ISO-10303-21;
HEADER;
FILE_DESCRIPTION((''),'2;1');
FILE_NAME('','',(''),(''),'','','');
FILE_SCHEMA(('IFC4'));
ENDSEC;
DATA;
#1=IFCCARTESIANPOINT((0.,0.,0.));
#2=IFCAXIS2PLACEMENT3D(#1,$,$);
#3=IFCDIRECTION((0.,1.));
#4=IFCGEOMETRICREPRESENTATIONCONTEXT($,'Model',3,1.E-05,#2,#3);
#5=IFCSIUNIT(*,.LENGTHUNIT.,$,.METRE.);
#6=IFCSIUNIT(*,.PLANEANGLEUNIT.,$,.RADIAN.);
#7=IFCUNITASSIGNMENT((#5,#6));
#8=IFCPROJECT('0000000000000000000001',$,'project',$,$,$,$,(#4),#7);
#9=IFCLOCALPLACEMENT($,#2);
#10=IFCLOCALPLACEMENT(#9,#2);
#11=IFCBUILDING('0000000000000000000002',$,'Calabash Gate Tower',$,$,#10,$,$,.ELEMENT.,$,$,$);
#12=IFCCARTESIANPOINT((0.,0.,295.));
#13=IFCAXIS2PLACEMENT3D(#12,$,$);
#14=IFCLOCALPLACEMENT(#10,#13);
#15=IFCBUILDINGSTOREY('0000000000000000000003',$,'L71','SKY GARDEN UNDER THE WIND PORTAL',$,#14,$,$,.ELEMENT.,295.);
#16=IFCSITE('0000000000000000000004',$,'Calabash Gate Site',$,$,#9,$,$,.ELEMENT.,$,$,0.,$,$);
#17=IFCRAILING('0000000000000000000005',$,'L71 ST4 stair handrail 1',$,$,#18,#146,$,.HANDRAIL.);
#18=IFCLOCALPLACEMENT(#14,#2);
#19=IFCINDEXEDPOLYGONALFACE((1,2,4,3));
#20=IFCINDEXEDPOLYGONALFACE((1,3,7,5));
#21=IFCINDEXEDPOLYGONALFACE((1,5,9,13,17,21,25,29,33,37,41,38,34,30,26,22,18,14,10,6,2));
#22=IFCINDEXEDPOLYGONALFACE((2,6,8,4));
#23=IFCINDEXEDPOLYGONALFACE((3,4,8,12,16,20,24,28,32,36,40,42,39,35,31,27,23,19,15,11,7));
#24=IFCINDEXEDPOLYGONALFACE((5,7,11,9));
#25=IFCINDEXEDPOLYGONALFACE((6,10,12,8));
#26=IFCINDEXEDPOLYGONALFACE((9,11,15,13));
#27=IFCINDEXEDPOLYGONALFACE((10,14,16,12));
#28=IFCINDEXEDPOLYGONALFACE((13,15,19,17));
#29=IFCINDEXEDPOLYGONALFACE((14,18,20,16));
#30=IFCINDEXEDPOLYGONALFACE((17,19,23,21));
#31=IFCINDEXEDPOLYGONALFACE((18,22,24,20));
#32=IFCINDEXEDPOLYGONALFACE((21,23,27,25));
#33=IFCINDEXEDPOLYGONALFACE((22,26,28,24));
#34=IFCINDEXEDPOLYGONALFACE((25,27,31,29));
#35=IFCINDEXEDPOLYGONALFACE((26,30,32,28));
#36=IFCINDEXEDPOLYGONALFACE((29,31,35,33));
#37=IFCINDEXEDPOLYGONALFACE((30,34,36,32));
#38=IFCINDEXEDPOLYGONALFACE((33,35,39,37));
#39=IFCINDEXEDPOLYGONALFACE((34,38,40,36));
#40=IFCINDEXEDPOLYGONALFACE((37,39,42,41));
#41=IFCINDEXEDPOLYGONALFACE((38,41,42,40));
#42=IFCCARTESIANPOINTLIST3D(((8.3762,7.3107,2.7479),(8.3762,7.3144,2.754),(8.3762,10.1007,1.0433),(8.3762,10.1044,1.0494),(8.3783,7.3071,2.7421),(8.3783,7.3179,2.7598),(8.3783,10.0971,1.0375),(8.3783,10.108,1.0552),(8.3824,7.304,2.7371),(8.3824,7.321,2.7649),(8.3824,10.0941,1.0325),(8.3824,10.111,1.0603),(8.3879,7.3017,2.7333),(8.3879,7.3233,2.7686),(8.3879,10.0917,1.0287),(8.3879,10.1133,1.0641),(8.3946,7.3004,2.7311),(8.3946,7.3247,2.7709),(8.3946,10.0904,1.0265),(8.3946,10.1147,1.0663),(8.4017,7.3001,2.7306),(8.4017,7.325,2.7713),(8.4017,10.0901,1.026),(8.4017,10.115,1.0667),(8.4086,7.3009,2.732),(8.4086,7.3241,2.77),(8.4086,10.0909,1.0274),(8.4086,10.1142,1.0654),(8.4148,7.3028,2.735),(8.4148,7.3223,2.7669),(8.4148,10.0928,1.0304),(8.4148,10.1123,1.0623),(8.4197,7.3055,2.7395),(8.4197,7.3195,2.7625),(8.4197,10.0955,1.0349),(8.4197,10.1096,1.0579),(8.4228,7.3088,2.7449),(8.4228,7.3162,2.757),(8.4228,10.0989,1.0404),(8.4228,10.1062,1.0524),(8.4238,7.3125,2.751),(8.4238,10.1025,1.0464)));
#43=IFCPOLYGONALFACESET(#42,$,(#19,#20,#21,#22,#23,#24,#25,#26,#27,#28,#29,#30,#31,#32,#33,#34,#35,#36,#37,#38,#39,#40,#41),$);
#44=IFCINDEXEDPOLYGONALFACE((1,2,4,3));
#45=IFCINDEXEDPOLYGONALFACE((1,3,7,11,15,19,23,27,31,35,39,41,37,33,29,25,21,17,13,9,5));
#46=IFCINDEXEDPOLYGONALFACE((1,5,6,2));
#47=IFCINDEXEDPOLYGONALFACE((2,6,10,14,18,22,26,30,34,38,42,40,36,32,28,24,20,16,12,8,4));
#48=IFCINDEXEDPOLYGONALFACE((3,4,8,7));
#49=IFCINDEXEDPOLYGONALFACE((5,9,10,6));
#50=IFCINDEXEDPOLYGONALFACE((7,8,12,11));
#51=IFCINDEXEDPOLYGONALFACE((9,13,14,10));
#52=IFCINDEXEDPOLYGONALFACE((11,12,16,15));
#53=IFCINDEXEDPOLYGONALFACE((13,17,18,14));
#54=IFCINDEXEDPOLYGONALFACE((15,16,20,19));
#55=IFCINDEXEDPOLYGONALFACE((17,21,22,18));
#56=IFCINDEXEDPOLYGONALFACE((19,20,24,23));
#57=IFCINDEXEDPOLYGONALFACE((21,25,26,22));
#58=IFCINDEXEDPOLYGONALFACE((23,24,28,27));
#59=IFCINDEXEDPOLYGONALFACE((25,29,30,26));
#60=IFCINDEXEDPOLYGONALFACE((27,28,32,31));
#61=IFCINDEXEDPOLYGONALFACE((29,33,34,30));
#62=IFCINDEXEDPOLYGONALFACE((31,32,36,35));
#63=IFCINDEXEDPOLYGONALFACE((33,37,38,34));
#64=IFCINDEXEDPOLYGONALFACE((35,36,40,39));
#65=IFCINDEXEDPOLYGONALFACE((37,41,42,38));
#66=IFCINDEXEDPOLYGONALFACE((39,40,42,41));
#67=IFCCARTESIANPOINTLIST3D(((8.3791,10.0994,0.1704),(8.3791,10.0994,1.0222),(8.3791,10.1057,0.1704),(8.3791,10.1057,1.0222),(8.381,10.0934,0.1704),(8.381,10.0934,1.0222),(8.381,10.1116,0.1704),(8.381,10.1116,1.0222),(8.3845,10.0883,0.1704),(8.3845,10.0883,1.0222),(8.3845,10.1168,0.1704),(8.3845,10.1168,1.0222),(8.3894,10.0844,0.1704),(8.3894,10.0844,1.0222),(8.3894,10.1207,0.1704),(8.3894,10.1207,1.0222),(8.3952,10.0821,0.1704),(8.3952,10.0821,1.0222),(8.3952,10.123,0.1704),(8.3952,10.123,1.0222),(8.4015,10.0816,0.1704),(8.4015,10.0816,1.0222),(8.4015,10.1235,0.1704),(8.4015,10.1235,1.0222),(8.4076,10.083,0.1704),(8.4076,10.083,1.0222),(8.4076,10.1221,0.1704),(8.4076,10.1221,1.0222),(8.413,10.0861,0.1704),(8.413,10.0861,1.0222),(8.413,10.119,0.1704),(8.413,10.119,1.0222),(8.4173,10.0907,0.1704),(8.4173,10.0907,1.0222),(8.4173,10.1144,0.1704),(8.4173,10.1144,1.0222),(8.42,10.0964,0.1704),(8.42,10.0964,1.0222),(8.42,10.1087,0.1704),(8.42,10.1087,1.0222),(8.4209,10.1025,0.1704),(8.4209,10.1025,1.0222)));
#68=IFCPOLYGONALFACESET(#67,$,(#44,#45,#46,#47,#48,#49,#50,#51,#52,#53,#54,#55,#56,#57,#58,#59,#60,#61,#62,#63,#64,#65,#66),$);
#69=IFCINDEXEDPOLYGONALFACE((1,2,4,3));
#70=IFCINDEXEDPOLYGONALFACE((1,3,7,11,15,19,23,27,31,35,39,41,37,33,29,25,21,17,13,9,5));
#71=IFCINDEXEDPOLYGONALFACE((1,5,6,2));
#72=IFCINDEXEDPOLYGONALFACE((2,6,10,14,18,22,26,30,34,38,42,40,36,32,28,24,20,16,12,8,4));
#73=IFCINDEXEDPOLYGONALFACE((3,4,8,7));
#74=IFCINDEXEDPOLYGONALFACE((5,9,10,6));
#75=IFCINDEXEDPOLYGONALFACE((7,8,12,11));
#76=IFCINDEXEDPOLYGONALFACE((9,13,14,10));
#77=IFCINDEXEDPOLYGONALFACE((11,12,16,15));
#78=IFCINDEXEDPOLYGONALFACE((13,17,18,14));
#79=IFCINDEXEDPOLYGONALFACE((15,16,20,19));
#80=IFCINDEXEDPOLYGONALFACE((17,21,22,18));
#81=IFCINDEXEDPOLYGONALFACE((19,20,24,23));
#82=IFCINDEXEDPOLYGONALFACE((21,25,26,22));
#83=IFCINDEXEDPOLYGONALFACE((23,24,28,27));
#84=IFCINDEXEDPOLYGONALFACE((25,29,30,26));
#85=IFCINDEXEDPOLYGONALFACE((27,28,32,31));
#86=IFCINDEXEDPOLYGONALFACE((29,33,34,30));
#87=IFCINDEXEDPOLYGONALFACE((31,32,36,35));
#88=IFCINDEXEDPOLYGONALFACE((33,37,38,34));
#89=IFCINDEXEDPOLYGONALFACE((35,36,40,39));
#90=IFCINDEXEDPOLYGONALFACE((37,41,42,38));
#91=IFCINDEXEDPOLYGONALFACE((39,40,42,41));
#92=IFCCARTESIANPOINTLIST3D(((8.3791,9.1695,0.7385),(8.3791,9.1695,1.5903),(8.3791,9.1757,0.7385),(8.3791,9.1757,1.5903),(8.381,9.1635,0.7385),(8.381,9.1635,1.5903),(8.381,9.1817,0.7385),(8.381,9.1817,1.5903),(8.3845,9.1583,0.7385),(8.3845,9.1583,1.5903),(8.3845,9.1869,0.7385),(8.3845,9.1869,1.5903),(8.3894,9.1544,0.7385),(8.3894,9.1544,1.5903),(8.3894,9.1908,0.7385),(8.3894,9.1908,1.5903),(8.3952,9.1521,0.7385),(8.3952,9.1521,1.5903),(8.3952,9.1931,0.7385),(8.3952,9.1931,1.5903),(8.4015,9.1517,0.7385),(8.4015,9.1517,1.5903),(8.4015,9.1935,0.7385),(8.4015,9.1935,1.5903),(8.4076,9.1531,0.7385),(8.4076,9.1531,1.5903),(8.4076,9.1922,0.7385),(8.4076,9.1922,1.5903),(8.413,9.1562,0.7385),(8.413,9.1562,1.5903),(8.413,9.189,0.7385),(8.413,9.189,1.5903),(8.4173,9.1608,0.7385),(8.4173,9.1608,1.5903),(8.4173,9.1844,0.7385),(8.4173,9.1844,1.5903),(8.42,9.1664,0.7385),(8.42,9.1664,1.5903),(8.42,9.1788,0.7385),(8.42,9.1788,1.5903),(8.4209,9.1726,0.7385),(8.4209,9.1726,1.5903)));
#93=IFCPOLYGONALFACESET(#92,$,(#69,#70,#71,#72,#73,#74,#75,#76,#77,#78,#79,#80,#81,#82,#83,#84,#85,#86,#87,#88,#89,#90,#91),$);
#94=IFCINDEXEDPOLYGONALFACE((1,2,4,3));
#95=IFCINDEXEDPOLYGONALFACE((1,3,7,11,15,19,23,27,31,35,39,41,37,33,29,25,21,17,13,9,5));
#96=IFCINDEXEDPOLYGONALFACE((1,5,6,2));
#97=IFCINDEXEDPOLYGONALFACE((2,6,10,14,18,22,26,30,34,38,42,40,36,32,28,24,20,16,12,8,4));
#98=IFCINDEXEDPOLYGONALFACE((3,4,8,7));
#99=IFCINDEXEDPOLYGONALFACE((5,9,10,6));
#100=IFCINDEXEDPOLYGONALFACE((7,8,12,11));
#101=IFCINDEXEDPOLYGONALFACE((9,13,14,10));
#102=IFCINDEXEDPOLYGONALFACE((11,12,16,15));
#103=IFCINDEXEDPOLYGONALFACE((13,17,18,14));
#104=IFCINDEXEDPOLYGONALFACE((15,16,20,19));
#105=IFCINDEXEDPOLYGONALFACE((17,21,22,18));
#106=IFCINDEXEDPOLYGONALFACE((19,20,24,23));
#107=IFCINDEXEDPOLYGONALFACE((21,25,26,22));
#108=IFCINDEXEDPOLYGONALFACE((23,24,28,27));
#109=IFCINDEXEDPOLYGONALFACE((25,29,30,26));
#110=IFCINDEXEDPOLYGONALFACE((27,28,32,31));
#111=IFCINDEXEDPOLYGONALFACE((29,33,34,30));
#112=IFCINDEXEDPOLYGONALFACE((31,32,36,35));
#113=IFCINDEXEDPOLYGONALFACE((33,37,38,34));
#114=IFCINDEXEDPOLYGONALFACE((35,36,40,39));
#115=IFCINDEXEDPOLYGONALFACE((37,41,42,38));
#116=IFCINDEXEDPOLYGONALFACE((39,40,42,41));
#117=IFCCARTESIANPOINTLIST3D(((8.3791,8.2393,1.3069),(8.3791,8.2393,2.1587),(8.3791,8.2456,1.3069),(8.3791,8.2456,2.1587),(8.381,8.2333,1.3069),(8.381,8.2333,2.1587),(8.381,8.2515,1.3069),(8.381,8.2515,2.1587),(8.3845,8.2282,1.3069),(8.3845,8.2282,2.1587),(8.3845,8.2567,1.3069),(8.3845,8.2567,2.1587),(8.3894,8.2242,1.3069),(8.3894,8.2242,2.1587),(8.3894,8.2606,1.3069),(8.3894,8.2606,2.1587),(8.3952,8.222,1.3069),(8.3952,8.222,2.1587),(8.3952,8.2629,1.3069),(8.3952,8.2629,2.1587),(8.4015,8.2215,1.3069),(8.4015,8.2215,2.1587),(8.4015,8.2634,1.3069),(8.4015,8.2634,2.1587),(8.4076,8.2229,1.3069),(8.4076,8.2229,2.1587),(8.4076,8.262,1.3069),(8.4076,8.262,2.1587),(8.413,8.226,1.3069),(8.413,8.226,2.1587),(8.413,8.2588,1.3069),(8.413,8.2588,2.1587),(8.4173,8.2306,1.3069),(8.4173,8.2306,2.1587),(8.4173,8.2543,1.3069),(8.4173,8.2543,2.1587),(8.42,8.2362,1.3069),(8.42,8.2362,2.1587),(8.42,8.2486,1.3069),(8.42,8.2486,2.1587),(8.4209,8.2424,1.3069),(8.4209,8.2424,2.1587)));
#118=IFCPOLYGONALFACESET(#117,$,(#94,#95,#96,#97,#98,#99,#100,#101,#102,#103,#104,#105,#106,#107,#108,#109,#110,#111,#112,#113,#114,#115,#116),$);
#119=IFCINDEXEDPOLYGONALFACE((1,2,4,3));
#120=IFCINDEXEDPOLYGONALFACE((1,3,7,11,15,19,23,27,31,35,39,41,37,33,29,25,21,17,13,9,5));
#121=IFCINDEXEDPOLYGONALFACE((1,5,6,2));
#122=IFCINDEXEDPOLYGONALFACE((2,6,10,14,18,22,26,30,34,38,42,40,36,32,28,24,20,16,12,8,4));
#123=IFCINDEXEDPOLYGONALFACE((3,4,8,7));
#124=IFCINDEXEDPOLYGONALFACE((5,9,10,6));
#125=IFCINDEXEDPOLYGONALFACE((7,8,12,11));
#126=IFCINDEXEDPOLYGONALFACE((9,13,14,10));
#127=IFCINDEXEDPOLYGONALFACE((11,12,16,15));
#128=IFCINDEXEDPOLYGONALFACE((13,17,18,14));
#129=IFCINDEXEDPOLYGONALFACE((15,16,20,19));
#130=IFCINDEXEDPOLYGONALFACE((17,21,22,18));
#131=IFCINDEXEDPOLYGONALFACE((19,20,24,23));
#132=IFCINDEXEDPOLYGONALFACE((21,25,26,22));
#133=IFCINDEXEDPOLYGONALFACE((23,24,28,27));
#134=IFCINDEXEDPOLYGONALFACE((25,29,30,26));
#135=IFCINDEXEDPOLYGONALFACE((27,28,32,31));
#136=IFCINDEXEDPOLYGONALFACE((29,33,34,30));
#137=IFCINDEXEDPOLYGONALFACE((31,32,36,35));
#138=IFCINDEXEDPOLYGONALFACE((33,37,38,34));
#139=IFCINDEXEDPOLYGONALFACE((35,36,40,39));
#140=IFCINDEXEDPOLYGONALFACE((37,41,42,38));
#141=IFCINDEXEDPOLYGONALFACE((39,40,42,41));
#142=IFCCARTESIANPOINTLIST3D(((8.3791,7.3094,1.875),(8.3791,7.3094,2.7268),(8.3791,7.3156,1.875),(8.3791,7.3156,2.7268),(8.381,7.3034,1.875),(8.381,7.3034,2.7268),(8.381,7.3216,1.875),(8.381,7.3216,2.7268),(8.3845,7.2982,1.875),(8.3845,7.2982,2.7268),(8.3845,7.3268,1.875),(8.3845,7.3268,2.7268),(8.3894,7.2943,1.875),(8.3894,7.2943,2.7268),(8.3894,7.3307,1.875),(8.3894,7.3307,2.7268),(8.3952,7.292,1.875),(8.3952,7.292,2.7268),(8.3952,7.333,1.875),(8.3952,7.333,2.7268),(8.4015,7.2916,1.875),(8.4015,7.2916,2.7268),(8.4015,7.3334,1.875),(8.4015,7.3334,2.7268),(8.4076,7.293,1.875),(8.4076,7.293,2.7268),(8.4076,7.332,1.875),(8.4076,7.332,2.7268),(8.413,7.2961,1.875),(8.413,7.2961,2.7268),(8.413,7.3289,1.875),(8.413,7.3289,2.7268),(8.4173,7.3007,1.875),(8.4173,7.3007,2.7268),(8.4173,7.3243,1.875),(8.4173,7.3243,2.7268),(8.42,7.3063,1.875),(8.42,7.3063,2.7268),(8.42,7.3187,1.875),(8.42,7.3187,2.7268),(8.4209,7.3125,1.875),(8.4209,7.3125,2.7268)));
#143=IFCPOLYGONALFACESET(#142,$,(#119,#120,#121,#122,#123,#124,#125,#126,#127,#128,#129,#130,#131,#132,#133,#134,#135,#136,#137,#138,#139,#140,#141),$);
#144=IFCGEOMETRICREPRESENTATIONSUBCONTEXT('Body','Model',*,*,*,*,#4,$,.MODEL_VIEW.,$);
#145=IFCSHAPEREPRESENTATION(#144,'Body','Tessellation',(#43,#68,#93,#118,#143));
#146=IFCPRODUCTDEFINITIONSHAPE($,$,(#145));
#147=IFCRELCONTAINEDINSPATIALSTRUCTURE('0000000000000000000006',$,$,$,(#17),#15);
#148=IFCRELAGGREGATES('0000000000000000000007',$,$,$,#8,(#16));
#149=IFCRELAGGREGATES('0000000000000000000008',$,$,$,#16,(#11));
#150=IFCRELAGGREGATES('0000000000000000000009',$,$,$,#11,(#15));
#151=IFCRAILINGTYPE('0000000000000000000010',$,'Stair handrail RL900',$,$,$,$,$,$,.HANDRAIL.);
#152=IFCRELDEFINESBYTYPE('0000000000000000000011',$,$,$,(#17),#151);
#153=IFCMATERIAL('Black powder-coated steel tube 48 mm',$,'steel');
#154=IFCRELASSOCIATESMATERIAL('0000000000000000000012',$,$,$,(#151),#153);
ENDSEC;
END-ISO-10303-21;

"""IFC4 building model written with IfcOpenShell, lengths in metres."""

from ifc_helpers import new_model, si_unit, direction, frame, origin, origin_2d, place, context, subcontext, project, spatial, circle, extrude, material, type_object, element, save


model = new_model("IFC4")

# Units and contexts
model_context = context("Model", 3, precision=1e-05, world=origin(), true_north=direction((0.0, 1.0)))
body_context = subcontext(model_context, "Body", "Model", "MODEL_VIEW")
ifc_project = project(units=[si_unit("LENGTHUNIT", "METRE"), si_unit("PLANEANGLEUNIT", "RADIAN")], contexts=[model_context])

# Site, building, storey
site_placement = place(None, origin())
site = spatial("IfcSite", under=ifc_project, at=site_placement, Name="Calabash Gate Site", CompositionType="ELEMENT", RefElevation=0.0)
building_placement = place(site_placement, origin())
building = spatial("IfcBuilding", under=site, at=building_placement, Name="Calabash Gate Tower", CompositionType="ELEMENT")
storey_placement = place(building_placement, frame((0.0, 0.0, 295.0)))
storey = spatial("IfcBuildingStorey", under=building, at=storey_placement, Name="L71", Description="SKY GARDEN UNDER THE WIND PORTAL", CompositionType="ELEMENT", Elevation=295.0)

# Railing
ifc_material_1 = material(Name="Black powder-coated steel tube 48 mm", Category="steel")
railing_type_1 = type_object("IfcRailingType", Name="Stair handrail RL900", PredefinedType="HANDRAIL", material=ifc_material_1)
railing_1_placement = place(storey_placement, frame((8.3999, 10.1025, 0.1704)))
element("IfcRailing", 1, at=railing_1_placement, inside=storey, type_object=railing_type_1, Name="L71 ST4 stair handrail 1", PredefinedType="HANDRAIL", context=body_context, shape_type="SweptSolid", body=[
    extrude(circle(Radius=0.0239, at=origin_2d()), frame((0.0, 0.0, 0.876), z_axis=(0.0, -0.853341, 0.521353), x_axis=(1.0, 0.0, 0.0)), (0.0, 0.0, 1.0), 3.2695),
    extrude(circle(Radius=0.021, at=origin_2d()), origin(), (0.0, 0.0, 1.0), 0.8518),
    extrude(circle(Radius=0.021, at=origin_2d()), frame((0.0, -0.9299, 0.5681)), (0.0, 0.0, 1.0), 0.8518),
    extrude(circle(Radius=0.021, at=origin_2d()), frame((0.0, -1.8601, 1.1365)), (0.0, 0.0, 1.0), 0.8518),
    extrude(circle(Radius=0.021, at=origin_2d()), frame((0.0, -2.79, 1.7046)), (0.0, 0.0, 1.0), 0.8518),
])

save(model, "model.ifc")
